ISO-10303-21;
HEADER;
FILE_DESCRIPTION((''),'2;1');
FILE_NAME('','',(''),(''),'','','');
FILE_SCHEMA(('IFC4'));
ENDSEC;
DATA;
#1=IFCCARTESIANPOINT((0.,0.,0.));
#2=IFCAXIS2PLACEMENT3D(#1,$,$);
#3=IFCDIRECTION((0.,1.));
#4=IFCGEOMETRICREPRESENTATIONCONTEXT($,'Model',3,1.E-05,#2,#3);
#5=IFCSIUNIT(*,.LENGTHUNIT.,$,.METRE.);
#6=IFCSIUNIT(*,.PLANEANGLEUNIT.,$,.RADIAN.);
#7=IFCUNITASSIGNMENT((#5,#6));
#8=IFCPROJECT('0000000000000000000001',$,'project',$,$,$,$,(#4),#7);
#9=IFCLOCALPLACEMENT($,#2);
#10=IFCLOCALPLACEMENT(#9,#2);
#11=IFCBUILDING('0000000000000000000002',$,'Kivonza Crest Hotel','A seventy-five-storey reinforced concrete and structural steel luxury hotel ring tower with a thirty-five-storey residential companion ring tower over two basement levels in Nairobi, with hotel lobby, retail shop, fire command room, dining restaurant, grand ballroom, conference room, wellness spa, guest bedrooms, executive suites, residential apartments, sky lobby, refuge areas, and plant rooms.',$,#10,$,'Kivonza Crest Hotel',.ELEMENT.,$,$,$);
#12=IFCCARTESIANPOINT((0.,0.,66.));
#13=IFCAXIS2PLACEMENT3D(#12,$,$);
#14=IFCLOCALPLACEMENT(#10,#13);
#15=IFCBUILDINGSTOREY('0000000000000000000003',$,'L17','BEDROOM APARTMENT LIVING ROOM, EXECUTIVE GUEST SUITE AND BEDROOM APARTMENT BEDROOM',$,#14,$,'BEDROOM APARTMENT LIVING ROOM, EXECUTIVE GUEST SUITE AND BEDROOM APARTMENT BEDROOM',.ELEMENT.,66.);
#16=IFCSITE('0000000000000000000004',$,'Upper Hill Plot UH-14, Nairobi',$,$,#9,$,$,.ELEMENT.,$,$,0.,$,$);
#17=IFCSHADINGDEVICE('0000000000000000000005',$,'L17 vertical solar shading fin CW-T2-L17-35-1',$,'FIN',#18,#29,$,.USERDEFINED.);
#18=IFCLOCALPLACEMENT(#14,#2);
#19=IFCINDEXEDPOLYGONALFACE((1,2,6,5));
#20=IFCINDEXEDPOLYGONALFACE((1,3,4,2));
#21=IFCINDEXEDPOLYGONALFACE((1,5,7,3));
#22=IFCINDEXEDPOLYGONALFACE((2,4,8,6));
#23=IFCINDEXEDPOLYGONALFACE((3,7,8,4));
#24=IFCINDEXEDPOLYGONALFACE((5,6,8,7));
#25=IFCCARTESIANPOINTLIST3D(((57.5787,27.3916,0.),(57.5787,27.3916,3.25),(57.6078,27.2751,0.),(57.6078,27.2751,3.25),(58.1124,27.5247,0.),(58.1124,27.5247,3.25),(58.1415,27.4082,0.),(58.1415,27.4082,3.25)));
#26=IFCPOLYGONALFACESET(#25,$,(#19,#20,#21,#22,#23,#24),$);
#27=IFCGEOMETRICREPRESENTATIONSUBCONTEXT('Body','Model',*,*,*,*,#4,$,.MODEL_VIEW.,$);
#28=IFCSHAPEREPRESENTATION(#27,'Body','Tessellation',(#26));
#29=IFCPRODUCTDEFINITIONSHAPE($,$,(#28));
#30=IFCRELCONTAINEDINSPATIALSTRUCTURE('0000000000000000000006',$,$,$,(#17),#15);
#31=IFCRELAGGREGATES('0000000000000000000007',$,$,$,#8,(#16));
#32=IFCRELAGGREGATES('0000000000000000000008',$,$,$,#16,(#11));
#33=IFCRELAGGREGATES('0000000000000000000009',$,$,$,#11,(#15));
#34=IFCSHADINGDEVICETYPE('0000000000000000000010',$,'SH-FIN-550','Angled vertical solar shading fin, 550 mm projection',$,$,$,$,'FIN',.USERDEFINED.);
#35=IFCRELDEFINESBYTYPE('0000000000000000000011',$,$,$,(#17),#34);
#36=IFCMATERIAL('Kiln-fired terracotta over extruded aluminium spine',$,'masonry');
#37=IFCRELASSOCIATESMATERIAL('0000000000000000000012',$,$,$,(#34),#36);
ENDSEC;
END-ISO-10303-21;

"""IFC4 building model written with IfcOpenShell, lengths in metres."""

from ifc_helpers import new_model, si_unit, direction, frame, origin, origin_2d, place, context, subcontext, project, spatial, rectangle, extrude, material, type_object, element, save


model = new_model("IFC4")

# Units and contexts
model_context = context("Model", 3, precision=1e-05, world=origin(), true_north=direction((0.0, 1.0)))
body_context = subcontext(model_context, "Body", "Model", "MODEL_VIEW")
ifc_project = project(units=[si_unit("LENGTHUNIT", "METRE"), si_unit("PLANEANGLEUNIT", "RADIAN")], contexts=[model_context])

# Site, building, storey
site_placement = place(None, origin())
site = spatial("IfcSite", under=ifc_project, at=site_placement, Name="Upper Hill Plot UH-14, Nairobi", CompositionType="ELEMENT", RefElevation=0.0)
building_placement = place(site_placement, origin())
building = spatial("IfcBuilding", under=site, at=building_placement, Name="Kivonza Crest Hotel", Description="A seventy-five-storey reinforced concrete and structural steel luxury hotel ring tower with a thirty-five-storey residential companion ring tower over two basement levels in Nairobi, with hotel lobby, retail shop, fire command room, dining restaurant, grand ballroom, conference room, wellness spa, guest bedrooms, executive suites, residential apartments, sky lobby, refuge areas, and plant rooms.", LongName="Kivonza Crest Hotel", CompositionType="ELEMENT")
storey_placement = place(building_placement, frame((0.0, 0.0, 66.0)))
storey = spatial("IfcBuildingStorey", under=building, at=storey_placement, Name="L17", Description="BEDROOM APARTMENT LIVING ROOM, EXECUTIVE GUEST SUITE AND BEDROOM APARTMENT BEDROOM", LongName="BEDROOM APARTMENT LIVING ROOM, EXECUTIVE GUEST SUITE AND BEDROOM APARTMENT BEDROOM", CompositionType="ELEMENT", Elevation=66.0)

# Shading device
ifc_material_1 = material(Name="Kiln-fired terracotta over extruded aluminium spine", Category="masonry")
shading_device_type = type_object("IfcShadingDeviceType", Name="SH-FIN-550", Description="Angled vertical solar shading fin, 550 mm projection", ElementType="FIN", PredefinedType="USERDEFINED", material=ifc_material_1)
shading_device_1_placement = place(storey_placement, frame((57.8601, 27.3999, 0.0), z_axis=(0.0, 0.0, 1.0), x_axis=(0.241922, -0.970296, 0.0)))
element("IfcShadingDevice", 1, at=shading_device_1_placement, inside=storey, type_object=shading_device_type, Name="L17 vertical solar shading fin CW-T2-L17-35-1", ObjectType="FIN", PredefinedType="USERDEFINED", context=body_context, shape_type="SweptSolid", body=[
    extrude(rectangle(XDim=0.1201, YDim=0.55, at=origin_2d()), origin(), (0.0, 0.0, 1.0), 3.25),
])

save(model, "model.ifc")
